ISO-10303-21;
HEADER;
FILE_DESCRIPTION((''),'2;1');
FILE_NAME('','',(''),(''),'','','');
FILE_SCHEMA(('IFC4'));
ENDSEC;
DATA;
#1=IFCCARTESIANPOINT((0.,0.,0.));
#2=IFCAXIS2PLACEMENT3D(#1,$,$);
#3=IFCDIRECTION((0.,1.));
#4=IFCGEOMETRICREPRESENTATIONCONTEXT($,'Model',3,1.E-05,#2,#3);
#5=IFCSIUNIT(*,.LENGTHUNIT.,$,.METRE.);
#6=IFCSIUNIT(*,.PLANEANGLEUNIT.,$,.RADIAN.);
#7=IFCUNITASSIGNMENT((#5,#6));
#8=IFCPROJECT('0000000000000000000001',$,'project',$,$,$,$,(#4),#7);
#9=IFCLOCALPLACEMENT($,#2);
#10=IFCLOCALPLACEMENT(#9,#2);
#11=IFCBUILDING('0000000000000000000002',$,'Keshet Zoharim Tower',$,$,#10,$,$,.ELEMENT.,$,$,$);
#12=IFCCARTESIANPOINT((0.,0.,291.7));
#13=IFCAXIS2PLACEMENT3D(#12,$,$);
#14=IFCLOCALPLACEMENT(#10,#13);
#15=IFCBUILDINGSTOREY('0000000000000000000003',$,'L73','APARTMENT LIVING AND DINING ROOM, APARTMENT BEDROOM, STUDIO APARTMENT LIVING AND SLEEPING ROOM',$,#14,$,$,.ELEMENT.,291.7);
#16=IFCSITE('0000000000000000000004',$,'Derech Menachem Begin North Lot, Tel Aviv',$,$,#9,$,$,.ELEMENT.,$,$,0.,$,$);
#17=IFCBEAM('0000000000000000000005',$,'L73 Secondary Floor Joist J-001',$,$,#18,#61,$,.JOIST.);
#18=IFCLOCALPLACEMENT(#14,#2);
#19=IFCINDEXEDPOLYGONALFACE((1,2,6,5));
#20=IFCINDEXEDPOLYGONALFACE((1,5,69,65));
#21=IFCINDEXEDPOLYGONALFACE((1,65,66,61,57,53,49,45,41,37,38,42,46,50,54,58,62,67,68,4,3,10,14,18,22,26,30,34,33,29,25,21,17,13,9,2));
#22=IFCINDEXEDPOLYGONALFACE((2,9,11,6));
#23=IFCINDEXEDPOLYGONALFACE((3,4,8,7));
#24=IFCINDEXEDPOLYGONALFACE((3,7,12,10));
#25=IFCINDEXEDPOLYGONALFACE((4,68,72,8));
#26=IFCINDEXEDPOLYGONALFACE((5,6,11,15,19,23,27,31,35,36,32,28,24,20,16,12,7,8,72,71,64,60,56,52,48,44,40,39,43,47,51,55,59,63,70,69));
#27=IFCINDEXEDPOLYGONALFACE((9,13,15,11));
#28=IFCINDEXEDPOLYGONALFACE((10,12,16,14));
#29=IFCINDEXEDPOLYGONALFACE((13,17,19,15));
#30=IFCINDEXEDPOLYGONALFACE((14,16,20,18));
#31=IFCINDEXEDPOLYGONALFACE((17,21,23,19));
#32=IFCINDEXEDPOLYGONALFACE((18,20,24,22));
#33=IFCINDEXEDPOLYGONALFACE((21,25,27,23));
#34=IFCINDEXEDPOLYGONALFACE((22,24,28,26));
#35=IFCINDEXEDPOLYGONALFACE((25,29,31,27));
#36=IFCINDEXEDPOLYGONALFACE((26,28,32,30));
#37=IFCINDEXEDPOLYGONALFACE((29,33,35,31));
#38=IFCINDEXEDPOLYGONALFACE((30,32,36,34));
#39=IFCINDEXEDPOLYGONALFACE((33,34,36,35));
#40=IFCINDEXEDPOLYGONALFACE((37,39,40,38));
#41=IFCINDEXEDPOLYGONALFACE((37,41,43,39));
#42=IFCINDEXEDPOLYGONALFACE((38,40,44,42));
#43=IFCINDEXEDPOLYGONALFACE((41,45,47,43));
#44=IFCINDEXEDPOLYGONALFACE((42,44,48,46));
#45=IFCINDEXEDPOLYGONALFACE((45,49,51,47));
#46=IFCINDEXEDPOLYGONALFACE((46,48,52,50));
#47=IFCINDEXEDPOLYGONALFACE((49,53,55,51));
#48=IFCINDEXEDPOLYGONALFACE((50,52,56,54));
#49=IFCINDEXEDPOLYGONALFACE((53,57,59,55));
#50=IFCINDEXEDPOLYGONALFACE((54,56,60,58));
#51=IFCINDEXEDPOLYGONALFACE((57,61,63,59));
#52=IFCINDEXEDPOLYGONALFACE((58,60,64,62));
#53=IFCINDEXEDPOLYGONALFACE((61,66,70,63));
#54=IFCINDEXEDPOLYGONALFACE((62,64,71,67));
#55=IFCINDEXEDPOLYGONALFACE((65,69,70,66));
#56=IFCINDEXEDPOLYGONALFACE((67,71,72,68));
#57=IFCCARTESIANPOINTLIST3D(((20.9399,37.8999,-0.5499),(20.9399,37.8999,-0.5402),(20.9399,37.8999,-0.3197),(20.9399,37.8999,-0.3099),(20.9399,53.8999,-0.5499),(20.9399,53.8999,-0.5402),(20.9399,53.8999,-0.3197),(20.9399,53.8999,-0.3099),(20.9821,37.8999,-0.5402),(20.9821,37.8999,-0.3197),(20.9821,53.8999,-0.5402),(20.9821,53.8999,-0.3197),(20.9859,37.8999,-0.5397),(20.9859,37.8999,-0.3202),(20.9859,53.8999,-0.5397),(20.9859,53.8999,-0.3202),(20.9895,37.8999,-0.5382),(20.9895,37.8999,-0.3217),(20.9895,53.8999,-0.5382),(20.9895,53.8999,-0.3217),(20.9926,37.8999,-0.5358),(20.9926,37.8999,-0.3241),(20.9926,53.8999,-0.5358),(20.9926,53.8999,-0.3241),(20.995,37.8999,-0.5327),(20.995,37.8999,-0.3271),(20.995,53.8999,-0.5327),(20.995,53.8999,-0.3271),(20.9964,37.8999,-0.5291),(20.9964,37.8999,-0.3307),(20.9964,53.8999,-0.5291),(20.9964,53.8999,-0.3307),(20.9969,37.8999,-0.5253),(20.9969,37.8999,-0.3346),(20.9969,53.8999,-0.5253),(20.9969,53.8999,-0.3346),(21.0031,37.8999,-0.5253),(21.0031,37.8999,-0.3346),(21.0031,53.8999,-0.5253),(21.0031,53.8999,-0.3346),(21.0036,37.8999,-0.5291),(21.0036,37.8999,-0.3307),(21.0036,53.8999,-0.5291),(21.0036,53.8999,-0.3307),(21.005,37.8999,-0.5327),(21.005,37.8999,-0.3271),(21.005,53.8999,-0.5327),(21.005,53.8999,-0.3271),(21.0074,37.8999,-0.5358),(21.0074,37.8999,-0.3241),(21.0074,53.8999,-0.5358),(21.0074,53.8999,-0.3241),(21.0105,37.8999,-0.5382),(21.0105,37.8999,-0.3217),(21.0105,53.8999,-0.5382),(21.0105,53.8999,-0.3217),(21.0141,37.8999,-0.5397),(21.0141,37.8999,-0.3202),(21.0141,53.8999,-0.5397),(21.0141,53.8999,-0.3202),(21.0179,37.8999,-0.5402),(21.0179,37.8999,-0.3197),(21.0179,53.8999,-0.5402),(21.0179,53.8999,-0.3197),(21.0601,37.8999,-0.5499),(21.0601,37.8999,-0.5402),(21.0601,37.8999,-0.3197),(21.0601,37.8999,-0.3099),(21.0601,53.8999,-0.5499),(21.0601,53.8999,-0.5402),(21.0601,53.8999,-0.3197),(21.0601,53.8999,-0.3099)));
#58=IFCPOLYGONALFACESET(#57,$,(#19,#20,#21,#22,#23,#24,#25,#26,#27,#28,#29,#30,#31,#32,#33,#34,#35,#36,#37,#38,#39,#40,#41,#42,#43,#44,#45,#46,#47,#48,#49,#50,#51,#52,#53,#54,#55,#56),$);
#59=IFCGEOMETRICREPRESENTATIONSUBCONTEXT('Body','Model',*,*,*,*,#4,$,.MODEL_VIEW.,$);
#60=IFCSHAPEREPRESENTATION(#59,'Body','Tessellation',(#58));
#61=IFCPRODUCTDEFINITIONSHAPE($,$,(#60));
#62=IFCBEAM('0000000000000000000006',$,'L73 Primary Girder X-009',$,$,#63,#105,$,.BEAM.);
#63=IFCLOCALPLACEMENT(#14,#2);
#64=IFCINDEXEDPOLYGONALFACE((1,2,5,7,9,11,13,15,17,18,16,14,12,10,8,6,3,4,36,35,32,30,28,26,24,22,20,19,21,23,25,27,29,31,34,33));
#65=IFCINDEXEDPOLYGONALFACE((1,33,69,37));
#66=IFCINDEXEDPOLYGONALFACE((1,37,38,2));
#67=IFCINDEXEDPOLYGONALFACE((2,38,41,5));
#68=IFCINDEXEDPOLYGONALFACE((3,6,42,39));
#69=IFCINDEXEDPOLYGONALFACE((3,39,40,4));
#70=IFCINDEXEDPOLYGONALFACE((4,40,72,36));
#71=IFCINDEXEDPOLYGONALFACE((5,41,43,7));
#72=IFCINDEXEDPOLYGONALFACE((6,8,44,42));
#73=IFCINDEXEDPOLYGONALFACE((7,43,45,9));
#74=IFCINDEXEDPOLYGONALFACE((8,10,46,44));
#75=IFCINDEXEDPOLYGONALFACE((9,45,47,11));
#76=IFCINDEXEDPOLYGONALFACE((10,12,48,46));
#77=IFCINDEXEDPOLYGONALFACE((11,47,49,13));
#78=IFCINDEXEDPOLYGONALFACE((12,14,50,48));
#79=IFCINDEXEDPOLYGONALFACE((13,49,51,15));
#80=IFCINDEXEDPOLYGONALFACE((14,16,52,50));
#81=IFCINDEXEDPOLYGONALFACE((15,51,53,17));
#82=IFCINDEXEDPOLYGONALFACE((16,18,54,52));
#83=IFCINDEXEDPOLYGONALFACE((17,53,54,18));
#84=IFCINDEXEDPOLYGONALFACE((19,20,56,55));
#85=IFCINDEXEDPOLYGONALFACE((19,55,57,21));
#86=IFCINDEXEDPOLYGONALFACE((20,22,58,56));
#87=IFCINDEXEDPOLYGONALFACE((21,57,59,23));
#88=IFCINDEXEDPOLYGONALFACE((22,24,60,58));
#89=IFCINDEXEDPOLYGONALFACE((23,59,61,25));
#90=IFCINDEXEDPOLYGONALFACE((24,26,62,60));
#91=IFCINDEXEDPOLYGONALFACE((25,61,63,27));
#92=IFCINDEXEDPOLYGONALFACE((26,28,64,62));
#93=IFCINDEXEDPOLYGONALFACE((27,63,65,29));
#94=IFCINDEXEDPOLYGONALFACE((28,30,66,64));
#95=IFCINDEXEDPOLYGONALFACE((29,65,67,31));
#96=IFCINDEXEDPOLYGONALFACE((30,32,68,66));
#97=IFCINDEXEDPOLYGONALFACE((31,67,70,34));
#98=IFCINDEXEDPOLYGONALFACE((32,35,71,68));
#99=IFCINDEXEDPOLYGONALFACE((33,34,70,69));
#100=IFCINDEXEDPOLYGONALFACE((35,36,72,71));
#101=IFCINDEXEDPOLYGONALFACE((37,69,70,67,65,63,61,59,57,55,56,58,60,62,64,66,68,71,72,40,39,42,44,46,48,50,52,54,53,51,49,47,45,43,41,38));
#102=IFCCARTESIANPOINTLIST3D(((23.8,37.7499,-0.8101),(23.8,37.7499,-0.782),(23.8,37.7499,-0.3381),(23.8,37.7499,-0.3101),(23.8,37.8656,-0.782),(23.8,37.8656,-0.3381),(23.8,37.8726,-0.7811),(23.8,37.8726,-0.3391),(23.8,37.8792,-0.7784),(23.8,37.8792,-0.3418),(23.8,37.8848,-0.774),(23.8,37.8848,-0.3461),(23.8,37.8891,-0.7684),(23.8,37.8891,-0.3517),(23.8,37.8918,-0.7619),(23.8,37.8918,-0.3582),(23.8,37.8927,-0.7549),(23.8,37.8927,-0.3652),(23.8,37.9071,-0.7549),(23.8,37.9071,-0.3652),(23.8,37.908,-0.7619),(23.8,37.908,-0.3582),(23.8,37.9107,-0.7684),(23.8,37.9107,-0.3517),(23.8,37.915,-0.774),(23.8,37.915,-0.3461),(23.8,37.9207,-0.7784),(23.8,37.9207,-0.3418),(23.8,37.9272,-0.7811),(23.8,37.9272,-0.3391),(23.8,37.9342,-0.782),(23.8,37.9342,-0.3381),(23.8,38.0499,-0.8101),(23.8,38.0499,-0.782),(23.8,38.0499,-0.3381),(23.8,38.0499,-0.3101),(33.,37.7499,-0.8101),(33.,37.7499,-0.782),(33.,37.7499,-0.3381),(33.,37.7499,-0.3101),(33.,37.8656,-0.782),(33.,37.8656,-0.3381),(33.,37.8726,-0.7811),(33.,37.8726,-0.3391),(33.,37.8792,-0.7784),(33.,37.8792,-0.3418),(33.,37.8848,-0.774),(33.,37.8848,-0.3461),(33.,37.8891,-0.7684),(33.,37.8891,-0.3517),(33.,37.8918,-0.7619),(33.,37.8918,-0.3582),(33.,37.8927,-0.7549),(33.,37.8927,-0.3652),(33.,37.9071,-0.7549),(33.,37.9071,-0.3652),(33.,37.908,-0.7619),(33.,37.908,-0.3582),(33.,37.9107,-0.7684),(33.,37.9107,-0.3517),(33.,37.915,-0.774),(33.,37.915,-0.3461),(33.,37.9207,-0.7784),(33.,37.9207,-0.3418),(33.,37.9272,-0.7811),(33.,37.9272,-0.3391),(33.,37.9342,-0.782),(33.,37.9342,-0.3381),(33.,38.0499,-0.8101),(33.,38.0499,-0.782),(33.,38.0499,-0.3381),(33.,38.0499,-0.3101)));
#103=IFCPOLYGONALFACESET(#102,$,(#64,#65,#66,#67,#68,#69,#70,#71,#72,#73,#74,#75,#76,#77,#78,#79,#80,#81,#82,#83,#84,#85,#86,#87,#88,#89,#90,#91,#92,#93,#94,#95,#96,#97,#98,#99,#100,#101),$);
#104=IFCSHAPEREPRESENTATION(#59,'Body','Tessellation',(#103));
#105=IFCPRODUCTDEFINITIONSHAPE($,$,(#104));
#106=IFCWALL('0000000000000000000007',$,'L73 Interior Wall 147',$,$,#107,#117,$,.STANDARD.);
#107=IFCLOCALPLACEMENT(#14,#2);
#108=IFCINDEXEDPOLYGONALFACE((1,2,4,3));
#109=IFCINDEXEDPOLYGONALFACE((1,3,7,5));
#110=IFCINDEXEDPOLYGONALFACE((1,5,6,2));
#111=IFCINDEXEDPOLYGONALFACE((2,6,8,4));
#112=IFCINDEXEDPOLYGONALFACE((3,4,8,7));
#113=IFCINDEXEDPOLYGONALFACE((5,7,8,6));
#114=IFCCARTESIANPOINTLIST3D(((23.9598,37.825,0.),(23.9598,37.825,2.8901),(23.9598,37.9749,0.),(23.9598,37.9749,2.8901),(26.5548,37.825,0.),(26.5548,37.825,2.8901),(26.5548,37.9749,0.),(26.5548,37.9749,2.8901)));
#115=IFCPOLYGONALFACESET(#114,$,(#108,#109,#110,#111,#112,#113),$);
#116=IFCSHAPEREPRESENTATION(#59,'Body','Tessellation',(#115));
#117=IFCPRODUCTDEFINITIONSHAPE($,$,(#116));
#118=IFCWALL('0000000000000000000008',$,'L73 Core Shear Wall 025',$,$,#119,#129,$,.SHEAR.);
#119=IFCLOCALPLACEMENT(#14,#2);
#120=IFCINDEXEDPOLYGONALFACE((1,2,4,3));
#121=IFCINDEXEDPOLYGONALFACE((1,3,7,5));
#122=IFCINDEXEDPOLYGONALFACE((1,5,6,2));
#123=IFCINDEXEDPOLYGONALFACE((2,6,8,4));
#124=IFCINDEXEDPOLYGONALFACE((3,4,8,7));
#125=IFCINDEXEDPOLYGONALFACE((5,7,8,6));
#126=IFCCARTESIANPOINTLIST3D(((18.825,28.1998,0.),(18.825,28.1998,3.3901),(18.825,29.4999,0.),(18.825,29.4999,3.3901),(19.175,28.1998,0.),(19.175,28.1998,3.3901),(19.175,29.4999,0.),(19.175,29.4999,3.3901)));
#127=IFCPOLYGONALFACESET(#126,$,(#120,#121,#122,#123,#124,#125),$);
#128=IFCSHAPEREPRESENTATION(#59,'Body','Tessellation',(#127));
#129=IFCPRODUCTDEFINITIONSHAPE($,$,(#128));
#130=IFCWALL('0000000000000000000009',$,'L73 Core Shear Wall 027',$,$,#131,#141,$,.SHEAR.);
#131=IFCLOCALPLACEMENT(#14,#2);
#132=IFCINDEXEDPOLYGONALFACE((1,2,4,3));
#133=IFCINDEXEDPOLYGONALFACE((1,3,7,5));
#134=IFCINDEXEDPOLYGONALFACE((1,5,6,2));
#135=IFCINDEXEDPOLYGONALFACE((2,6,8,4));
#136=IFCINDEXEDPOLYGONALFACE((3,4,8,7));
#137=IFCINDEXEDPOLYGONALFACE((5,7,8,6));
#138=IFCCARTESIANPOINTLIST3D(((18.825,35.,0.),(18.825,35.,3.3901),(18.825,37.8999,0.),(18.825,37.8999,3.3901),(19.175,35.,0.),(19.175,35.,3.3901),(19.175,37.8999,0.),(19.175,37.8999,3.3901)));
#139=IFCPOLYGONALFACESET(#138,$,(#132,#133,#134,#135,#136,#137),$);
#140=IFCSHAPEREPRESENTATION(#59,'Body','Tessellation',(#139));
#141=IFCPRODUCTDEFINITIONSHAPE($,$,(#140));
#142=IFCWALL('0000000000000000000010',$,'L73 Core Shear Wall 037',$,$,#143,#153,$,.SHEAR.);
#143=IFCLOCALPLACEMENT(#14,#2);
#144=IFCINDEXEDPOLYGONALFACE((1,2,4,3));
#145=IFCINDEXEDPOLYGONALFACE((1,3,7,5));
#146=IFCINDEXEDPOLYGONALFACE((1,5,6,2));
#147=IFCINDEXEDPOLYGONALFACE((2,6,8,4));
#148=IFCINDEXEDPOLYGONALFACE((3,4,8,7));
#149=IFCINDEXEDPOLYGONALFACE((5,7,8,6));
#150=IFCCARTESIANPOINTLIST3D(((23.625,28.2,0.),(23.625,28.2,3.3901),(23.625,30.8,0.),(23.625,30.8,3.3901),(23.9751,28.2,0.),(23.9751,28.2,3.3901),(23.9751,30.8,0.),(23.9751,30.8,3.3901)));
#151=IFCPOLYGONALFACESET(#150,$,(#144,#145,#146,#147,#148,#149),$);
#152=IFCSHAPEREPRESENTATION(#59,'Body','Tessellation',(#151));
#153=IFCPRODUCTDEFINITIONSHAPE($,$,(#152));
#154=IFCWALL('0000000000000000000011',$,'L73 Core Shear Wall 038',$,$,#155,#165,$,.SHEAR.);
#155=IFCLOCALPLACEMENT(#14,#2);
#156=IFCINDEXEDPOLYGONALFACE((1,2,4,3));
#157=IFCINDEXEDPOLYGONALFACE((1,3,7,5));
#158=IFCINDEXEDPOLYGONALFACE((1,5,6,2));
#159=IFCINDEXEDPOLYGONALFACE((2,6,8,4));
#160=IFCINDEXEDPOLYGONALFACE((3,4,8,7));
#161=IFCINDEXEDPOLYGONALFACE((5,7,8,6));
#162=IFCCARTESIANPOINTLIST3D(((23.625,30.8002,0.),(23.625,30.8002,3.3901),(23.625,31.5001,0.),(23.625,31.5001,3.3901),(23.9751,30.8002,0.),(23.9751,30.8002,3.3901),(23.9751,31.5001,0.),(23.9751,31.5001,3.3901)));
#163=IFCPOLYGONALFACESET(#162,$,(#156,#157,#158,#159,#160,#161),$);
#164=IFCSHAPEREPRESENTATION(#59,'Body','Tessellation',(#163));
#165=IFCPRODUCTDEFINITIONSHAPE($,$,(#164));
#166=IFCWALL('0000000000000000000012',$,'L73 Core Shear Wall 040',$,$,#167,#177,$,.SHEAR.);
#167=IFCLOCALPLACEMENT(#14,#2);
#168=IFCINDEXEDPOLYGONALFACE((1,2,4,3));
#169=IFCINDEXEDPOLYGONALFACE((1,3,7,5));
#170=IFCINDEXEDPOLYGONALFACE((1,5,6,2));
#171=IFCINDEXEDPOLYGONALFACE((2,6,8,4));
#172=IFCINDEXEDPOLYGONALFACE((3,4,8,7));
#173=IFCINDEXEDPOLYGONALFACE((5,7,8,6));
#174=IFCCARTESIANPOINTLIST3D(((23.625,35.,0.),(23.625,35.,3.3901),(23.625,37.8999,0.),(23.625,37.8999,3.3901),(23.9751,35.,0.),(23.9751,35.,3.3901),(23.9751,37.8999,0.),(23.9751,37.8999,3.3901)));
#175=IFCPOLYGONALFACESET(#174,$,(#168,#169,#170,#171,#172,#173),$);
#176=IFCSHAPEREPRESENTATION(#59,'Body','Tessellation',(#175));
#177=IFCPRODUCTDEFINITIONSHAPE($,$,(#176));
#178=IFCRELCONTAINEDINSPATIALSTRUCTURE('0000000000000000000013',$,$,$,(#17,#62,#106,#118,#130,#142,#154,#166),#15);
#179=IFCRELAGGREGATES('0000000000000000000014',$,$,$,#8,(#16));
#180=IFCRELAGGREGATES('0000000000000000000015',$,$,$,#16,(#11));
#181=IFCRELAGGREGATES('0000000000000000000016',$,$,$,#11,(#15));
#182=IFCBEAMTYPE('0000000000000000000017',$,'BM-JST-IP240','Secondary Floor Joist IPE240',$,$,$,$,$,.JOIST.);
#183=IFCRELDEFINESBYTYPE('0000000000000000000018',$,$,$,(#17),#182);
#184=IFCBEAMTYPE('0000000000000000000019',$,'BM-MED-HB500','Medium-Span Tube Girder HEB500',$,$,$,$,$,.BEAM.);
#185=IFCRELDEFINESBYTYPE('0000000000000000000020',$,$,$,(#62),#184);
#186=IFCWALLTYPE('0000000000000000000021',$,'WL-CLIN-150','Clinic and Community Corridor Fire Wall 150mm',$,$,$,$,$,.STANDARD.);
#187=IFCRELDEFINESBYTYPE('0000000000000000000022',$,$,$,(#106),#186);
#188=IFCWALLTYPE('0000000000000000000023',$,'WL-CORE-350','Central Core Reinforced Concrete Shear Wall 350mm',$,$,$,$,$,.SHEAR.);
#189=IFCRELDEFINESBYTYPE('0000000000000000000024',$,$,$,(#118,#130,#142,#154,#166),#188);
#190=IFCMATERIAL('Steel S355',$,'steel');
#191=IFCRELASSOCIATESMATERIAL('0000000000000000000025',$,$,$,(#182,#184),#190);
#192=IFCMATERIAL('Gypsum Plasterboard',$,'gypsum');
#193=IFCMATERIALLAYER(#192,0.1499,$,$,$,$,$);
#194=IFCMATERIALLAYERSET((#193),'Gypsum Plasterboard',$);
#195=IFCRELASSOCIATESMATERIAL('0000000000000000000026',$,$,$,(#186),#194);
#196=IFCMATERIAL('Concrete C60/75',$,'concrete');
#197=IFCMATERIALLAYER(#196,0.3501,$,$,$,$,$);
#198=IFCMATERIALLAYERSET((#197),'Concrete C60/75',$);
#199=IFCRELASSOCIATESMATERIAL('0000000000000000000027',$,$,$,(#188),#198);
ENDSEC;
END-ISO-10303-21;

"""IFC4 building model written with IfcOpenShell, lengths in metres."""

from ifc_helpers import new_model, si_unit, direction, frame, frame_2d, origin, origin_2d, place, context, subcontext, project, spatial, rectangle, i_section, extrude, material, layer, layer_set, material_profile, profile_set, type_object, element, save


model = new_model("IFC4")

# Units and contexts
model_context = context("Model", 3, precision=1e-05, world=origin(), true_north=direction((0.0, 1.0)))
body_context = subcontext(model_context, "Body", "Model", "MODEL_VIEW")
ifc_project = project(units=[si_unit("LENGTHUNIT", "METRE"), si_unit("PLANEANGLEUNIT", "RADIAN")], contexts=[model_context])

# Site, building, storey
site_placement = place(None, origin())
site = spatial("IfcSite", under=ifc_project, at=site_placement, Name="Derech Menachem Begin North Lot, Tel Aviv", CompositionType="ELEMENT", RefElevation=0.0)
building_placement = place(site_placement, origin())
building = spatial("IfcBuilding", under=site, at=building_placement, Name="Keshet Zoharim Tower", CompositionType="ELEMENT")
storey_placement = place(building_placement, frame((0.0, 0.0, 291.7)))
storey = spatial("IfcBuildingStorey", under=building, at=storey_placement, Name="L73", Description="APARTMENT LIVING AND DINING ROOM, APARTMENT BEDROOM, STUDIO APARTMENT LIVING AND SLEEPING ROOM", CompositionType="ELEMENT", Elevation=291.7)

# Beams
ifc_material_1 = material(Name="Steel S355", Category="steel")
ifc_material_profile_1 = material_profile(ifc_material_1, i_section(OverallWidth=0.1201, OverallDepth=0.24, WebThickness=0.0061, FlangeThickness=0.0098, FilletRadius=0.0149, at=origin_2d()), Name="IPE240")
ifc_profile_set_1 = profile_set([ifc_material_profile_1], Name="Steel S355")
beam_type_1 = type_object("IfcBeamType", Name="BM-JST-IP240", Description="Secondary Floor Joist IPE240", PredefinedType="JOIST", material=ifc_profile_set_1)
beam_1_placement = place(storey_placement, frame((21.0, 37.8999, -0.4299), z_axis=(0.0, 1.0, 0.0), x_axis=(-1.0, 0.0, 0.0)))
element("IfcBeam", 1, at=beam_1_placement, inside=storey, type_object=beam_type_1, Name="L73 Secondary Floor Joist J-001", PredefinedType="JOIST", context=body_context, shape_type="SweptSolid", body=[
    extrude(i_section(OverallWidth=0.1201, OverallDepth=0.24, WebThickness=0.0061, FlangeThickness=0.0098, FilletRadius=0.0149, at=origin_2d()), origin(), (0.0, 0.0, 1.0), 16.0),
])
ifc_material_profile_2 = material_profile(ifc_material_1, i_section(OverallWidth=0.3, OverallDepth=0.5, WebThickness=0.0144, FlangeThickness=0.0281, FilletRadius=0.0271, at=origin_2d()), Name="HEB500")
ifc_profile_set_2 = profile_set([ifc_material_profile_2], Name="Steel S355")
beam_type_2 = type_object("IfcBeamType", Name="BM-MED-HB500", Description="Medium-Span Tube Girder HEB500", PredefinedType="BEAM", material=ifc_profile_set_2)
beam_2_placement = place(storey_placement, frame((23.8, 37.8999, -0.5601), z_axis=(1.0, 0.0, 0.0), x_axis=(0.0, 1.0, 0.0)))
element("IfcBeam", 2, at=beam_2_placement, inside=storey, type_object=beam_type_2, Name="L73 Primary Girder X-009", PredefinedType="BEAM", context=body_context, shape_type="SweptSolid", body=[
    extrude(i_section(OverallWidth=0.3, OverallDepth=0.5, WebThickness=0.0144, FlangeThickness=0.0281, FilletRadius=0.0271, at=origin_2d()), origin(), (0.0, 0.0, 1.0), 9.2),
])

# Walls
ifc_material_2 = material(Name="Gypsum Plasterboard", Category="gypsum")
ifc_layer_1 = layer(ifc_material_2, 0.1499)
ifc_layer_set_1 = layer_set([ifc_layer_1], Name="Gypsum Plasterboard")
wall_type_1 = type_object("IfcWallType", Name="WL-CLIN-150", Description="Clinic and Community Corridor Fire Wall 150mm", PredefinedType="STANDARD", material=ifc_layer_set_1)
wall_1_placement = place(storey_placement, frame((23.96, 37.8999, 0.0), z_axis=(0.0, 0.0, 1.0), x_axis=(1.0, 0.0, 0.0)))
element("IfcWall", 3, at=wall_1_placement, inside=storey, type_object=wall_type_1, Name="L73 Interior Wall 147", PredefinedType="STANDARD", context=body_context, shape_type="SweptSolid", body=[
    extrude(rectangle(XDim=2.595, YDim=0.1499, at=frame_2d((1.2974, 0.0))), origin(), (0.0, 0.0, 1.0), 2.8901),
])
ifc_material_3 = material(Name="Concrete C60/75", Category="concrete")
ifc_layer_2 = layer(ifc_material_3, 0.3501)
ifc_layer_set_2 = layer_set([ifc_layer_2], Name="Concrete C60/75")
wall_type_2 = type_object("IfcWallType", Name="WL-CORE-350", Description="Central Core Reinforced Concrete Shear Wall 350mm", PredefinedType="SHEAR", material=ifc_layer_set_2)
wall_2_placement = place(storey_placement, frame((19.0, 28.2, 0.0), z_axis=(0.0, 0.0, 1.0), x_axis=(0.0, 1.0, 0.0)))
element("IfcWall", 4, at=wall_2_placement, inside=storey, type_object=wall_type_2, Name="L73 Core Shear Wall 025", PredefinedType="SHEAR", context=body_context, shape_type="SweptSolid", body=[
    extrude(rectangle(XDim=1.3, YDim=0.3501, at=frame_2d((0.6499, 0.0))), origin(), (0.0, 0.0, 1.0), 3.3901),
])

# Walls
wall_3_placement = place(storey_placement, frame((19.0, 35.0, 0.0), z_axis=(0.0, 0.0, 1.0), x_axis=(0.0, 1.0, 0.0)))
element("IfcWall", 5, at=wall_3_placement, inside=storey, type_object=wall_type_2, Name="L73 Core Shear Wall 027", PredefinedType="SHEAR", context=body_context, shape_type="SweptSolid", body=[
    extrude(rectangle(XDim=2.8999, YDim=0.3501, at=frame_2d((1.45, 0.0))), origin(), (0.0, 0.0, 1.0), 3.3901),
])
wall_4_placement = place(storey_placement, frame((23.8, 28.2, 0.0), z_axis=(0.0, 0.0, 1.0), x_axis=(0.0, 1.0, 0.0)))
element("IfcWall", 6, at=wall_4_placement, inside=storey, type_object=wall_type_2, Name="L73 Core Shear Wall 037", PredefinedType="SHEAR", context=body_context, shape_type="SweptSolid", body=[
    extrude(rectangle(XDim=2.6001, YDim=0.3501, at=frame_2d((1.3, 0.0))), origin(), (0.0, 0.0, 1.0), 3.3901),
])
wall_5_placement = place(storey_placement, frame((23.8, 30.8, 0.0), z_axis=(0.0, 0.0, 1.0), x_axis=(0.0, 1.0, 0.0)))
element("IfcWall", 7, at=wall_5_placement, inside=storey, type_object=wall_type_2, Name="L73 Core Shear Wall 038", PredefinedType="SHEAR", context=body_context, shape_type="SweptSolid", body=[
    extrude(rectangle(XDim=0.7, YDim=0.3501, at=frame_2d((0.3501, 0.0))), origin(), (0.0, 0.0, 1.0), 3.3901),
])

# Wall
wall_6_placement = place(storey_placement, frame((23.8, 35.0, 0.0), z_axis=(0.0, 0.0, 1.0), x_axis=(0.0, 1.0, 0.0)))
element("IfcWall", 8, at=wall_6_placement, inside=storey, type_object=wall_type_2, Name="L73 Core Shear Wall 040", PredefinedType="SHEAR", context=body_context, shape_type="SweptSolid", body=[
    extrude(rectangle(XDim=2.8999, YDim=0.3501, at=frame_2d((1.45, 0.0))), origin(), (0.0, 0.0, 1.0), 3.3901),
])

save(model, "model.ifc")
